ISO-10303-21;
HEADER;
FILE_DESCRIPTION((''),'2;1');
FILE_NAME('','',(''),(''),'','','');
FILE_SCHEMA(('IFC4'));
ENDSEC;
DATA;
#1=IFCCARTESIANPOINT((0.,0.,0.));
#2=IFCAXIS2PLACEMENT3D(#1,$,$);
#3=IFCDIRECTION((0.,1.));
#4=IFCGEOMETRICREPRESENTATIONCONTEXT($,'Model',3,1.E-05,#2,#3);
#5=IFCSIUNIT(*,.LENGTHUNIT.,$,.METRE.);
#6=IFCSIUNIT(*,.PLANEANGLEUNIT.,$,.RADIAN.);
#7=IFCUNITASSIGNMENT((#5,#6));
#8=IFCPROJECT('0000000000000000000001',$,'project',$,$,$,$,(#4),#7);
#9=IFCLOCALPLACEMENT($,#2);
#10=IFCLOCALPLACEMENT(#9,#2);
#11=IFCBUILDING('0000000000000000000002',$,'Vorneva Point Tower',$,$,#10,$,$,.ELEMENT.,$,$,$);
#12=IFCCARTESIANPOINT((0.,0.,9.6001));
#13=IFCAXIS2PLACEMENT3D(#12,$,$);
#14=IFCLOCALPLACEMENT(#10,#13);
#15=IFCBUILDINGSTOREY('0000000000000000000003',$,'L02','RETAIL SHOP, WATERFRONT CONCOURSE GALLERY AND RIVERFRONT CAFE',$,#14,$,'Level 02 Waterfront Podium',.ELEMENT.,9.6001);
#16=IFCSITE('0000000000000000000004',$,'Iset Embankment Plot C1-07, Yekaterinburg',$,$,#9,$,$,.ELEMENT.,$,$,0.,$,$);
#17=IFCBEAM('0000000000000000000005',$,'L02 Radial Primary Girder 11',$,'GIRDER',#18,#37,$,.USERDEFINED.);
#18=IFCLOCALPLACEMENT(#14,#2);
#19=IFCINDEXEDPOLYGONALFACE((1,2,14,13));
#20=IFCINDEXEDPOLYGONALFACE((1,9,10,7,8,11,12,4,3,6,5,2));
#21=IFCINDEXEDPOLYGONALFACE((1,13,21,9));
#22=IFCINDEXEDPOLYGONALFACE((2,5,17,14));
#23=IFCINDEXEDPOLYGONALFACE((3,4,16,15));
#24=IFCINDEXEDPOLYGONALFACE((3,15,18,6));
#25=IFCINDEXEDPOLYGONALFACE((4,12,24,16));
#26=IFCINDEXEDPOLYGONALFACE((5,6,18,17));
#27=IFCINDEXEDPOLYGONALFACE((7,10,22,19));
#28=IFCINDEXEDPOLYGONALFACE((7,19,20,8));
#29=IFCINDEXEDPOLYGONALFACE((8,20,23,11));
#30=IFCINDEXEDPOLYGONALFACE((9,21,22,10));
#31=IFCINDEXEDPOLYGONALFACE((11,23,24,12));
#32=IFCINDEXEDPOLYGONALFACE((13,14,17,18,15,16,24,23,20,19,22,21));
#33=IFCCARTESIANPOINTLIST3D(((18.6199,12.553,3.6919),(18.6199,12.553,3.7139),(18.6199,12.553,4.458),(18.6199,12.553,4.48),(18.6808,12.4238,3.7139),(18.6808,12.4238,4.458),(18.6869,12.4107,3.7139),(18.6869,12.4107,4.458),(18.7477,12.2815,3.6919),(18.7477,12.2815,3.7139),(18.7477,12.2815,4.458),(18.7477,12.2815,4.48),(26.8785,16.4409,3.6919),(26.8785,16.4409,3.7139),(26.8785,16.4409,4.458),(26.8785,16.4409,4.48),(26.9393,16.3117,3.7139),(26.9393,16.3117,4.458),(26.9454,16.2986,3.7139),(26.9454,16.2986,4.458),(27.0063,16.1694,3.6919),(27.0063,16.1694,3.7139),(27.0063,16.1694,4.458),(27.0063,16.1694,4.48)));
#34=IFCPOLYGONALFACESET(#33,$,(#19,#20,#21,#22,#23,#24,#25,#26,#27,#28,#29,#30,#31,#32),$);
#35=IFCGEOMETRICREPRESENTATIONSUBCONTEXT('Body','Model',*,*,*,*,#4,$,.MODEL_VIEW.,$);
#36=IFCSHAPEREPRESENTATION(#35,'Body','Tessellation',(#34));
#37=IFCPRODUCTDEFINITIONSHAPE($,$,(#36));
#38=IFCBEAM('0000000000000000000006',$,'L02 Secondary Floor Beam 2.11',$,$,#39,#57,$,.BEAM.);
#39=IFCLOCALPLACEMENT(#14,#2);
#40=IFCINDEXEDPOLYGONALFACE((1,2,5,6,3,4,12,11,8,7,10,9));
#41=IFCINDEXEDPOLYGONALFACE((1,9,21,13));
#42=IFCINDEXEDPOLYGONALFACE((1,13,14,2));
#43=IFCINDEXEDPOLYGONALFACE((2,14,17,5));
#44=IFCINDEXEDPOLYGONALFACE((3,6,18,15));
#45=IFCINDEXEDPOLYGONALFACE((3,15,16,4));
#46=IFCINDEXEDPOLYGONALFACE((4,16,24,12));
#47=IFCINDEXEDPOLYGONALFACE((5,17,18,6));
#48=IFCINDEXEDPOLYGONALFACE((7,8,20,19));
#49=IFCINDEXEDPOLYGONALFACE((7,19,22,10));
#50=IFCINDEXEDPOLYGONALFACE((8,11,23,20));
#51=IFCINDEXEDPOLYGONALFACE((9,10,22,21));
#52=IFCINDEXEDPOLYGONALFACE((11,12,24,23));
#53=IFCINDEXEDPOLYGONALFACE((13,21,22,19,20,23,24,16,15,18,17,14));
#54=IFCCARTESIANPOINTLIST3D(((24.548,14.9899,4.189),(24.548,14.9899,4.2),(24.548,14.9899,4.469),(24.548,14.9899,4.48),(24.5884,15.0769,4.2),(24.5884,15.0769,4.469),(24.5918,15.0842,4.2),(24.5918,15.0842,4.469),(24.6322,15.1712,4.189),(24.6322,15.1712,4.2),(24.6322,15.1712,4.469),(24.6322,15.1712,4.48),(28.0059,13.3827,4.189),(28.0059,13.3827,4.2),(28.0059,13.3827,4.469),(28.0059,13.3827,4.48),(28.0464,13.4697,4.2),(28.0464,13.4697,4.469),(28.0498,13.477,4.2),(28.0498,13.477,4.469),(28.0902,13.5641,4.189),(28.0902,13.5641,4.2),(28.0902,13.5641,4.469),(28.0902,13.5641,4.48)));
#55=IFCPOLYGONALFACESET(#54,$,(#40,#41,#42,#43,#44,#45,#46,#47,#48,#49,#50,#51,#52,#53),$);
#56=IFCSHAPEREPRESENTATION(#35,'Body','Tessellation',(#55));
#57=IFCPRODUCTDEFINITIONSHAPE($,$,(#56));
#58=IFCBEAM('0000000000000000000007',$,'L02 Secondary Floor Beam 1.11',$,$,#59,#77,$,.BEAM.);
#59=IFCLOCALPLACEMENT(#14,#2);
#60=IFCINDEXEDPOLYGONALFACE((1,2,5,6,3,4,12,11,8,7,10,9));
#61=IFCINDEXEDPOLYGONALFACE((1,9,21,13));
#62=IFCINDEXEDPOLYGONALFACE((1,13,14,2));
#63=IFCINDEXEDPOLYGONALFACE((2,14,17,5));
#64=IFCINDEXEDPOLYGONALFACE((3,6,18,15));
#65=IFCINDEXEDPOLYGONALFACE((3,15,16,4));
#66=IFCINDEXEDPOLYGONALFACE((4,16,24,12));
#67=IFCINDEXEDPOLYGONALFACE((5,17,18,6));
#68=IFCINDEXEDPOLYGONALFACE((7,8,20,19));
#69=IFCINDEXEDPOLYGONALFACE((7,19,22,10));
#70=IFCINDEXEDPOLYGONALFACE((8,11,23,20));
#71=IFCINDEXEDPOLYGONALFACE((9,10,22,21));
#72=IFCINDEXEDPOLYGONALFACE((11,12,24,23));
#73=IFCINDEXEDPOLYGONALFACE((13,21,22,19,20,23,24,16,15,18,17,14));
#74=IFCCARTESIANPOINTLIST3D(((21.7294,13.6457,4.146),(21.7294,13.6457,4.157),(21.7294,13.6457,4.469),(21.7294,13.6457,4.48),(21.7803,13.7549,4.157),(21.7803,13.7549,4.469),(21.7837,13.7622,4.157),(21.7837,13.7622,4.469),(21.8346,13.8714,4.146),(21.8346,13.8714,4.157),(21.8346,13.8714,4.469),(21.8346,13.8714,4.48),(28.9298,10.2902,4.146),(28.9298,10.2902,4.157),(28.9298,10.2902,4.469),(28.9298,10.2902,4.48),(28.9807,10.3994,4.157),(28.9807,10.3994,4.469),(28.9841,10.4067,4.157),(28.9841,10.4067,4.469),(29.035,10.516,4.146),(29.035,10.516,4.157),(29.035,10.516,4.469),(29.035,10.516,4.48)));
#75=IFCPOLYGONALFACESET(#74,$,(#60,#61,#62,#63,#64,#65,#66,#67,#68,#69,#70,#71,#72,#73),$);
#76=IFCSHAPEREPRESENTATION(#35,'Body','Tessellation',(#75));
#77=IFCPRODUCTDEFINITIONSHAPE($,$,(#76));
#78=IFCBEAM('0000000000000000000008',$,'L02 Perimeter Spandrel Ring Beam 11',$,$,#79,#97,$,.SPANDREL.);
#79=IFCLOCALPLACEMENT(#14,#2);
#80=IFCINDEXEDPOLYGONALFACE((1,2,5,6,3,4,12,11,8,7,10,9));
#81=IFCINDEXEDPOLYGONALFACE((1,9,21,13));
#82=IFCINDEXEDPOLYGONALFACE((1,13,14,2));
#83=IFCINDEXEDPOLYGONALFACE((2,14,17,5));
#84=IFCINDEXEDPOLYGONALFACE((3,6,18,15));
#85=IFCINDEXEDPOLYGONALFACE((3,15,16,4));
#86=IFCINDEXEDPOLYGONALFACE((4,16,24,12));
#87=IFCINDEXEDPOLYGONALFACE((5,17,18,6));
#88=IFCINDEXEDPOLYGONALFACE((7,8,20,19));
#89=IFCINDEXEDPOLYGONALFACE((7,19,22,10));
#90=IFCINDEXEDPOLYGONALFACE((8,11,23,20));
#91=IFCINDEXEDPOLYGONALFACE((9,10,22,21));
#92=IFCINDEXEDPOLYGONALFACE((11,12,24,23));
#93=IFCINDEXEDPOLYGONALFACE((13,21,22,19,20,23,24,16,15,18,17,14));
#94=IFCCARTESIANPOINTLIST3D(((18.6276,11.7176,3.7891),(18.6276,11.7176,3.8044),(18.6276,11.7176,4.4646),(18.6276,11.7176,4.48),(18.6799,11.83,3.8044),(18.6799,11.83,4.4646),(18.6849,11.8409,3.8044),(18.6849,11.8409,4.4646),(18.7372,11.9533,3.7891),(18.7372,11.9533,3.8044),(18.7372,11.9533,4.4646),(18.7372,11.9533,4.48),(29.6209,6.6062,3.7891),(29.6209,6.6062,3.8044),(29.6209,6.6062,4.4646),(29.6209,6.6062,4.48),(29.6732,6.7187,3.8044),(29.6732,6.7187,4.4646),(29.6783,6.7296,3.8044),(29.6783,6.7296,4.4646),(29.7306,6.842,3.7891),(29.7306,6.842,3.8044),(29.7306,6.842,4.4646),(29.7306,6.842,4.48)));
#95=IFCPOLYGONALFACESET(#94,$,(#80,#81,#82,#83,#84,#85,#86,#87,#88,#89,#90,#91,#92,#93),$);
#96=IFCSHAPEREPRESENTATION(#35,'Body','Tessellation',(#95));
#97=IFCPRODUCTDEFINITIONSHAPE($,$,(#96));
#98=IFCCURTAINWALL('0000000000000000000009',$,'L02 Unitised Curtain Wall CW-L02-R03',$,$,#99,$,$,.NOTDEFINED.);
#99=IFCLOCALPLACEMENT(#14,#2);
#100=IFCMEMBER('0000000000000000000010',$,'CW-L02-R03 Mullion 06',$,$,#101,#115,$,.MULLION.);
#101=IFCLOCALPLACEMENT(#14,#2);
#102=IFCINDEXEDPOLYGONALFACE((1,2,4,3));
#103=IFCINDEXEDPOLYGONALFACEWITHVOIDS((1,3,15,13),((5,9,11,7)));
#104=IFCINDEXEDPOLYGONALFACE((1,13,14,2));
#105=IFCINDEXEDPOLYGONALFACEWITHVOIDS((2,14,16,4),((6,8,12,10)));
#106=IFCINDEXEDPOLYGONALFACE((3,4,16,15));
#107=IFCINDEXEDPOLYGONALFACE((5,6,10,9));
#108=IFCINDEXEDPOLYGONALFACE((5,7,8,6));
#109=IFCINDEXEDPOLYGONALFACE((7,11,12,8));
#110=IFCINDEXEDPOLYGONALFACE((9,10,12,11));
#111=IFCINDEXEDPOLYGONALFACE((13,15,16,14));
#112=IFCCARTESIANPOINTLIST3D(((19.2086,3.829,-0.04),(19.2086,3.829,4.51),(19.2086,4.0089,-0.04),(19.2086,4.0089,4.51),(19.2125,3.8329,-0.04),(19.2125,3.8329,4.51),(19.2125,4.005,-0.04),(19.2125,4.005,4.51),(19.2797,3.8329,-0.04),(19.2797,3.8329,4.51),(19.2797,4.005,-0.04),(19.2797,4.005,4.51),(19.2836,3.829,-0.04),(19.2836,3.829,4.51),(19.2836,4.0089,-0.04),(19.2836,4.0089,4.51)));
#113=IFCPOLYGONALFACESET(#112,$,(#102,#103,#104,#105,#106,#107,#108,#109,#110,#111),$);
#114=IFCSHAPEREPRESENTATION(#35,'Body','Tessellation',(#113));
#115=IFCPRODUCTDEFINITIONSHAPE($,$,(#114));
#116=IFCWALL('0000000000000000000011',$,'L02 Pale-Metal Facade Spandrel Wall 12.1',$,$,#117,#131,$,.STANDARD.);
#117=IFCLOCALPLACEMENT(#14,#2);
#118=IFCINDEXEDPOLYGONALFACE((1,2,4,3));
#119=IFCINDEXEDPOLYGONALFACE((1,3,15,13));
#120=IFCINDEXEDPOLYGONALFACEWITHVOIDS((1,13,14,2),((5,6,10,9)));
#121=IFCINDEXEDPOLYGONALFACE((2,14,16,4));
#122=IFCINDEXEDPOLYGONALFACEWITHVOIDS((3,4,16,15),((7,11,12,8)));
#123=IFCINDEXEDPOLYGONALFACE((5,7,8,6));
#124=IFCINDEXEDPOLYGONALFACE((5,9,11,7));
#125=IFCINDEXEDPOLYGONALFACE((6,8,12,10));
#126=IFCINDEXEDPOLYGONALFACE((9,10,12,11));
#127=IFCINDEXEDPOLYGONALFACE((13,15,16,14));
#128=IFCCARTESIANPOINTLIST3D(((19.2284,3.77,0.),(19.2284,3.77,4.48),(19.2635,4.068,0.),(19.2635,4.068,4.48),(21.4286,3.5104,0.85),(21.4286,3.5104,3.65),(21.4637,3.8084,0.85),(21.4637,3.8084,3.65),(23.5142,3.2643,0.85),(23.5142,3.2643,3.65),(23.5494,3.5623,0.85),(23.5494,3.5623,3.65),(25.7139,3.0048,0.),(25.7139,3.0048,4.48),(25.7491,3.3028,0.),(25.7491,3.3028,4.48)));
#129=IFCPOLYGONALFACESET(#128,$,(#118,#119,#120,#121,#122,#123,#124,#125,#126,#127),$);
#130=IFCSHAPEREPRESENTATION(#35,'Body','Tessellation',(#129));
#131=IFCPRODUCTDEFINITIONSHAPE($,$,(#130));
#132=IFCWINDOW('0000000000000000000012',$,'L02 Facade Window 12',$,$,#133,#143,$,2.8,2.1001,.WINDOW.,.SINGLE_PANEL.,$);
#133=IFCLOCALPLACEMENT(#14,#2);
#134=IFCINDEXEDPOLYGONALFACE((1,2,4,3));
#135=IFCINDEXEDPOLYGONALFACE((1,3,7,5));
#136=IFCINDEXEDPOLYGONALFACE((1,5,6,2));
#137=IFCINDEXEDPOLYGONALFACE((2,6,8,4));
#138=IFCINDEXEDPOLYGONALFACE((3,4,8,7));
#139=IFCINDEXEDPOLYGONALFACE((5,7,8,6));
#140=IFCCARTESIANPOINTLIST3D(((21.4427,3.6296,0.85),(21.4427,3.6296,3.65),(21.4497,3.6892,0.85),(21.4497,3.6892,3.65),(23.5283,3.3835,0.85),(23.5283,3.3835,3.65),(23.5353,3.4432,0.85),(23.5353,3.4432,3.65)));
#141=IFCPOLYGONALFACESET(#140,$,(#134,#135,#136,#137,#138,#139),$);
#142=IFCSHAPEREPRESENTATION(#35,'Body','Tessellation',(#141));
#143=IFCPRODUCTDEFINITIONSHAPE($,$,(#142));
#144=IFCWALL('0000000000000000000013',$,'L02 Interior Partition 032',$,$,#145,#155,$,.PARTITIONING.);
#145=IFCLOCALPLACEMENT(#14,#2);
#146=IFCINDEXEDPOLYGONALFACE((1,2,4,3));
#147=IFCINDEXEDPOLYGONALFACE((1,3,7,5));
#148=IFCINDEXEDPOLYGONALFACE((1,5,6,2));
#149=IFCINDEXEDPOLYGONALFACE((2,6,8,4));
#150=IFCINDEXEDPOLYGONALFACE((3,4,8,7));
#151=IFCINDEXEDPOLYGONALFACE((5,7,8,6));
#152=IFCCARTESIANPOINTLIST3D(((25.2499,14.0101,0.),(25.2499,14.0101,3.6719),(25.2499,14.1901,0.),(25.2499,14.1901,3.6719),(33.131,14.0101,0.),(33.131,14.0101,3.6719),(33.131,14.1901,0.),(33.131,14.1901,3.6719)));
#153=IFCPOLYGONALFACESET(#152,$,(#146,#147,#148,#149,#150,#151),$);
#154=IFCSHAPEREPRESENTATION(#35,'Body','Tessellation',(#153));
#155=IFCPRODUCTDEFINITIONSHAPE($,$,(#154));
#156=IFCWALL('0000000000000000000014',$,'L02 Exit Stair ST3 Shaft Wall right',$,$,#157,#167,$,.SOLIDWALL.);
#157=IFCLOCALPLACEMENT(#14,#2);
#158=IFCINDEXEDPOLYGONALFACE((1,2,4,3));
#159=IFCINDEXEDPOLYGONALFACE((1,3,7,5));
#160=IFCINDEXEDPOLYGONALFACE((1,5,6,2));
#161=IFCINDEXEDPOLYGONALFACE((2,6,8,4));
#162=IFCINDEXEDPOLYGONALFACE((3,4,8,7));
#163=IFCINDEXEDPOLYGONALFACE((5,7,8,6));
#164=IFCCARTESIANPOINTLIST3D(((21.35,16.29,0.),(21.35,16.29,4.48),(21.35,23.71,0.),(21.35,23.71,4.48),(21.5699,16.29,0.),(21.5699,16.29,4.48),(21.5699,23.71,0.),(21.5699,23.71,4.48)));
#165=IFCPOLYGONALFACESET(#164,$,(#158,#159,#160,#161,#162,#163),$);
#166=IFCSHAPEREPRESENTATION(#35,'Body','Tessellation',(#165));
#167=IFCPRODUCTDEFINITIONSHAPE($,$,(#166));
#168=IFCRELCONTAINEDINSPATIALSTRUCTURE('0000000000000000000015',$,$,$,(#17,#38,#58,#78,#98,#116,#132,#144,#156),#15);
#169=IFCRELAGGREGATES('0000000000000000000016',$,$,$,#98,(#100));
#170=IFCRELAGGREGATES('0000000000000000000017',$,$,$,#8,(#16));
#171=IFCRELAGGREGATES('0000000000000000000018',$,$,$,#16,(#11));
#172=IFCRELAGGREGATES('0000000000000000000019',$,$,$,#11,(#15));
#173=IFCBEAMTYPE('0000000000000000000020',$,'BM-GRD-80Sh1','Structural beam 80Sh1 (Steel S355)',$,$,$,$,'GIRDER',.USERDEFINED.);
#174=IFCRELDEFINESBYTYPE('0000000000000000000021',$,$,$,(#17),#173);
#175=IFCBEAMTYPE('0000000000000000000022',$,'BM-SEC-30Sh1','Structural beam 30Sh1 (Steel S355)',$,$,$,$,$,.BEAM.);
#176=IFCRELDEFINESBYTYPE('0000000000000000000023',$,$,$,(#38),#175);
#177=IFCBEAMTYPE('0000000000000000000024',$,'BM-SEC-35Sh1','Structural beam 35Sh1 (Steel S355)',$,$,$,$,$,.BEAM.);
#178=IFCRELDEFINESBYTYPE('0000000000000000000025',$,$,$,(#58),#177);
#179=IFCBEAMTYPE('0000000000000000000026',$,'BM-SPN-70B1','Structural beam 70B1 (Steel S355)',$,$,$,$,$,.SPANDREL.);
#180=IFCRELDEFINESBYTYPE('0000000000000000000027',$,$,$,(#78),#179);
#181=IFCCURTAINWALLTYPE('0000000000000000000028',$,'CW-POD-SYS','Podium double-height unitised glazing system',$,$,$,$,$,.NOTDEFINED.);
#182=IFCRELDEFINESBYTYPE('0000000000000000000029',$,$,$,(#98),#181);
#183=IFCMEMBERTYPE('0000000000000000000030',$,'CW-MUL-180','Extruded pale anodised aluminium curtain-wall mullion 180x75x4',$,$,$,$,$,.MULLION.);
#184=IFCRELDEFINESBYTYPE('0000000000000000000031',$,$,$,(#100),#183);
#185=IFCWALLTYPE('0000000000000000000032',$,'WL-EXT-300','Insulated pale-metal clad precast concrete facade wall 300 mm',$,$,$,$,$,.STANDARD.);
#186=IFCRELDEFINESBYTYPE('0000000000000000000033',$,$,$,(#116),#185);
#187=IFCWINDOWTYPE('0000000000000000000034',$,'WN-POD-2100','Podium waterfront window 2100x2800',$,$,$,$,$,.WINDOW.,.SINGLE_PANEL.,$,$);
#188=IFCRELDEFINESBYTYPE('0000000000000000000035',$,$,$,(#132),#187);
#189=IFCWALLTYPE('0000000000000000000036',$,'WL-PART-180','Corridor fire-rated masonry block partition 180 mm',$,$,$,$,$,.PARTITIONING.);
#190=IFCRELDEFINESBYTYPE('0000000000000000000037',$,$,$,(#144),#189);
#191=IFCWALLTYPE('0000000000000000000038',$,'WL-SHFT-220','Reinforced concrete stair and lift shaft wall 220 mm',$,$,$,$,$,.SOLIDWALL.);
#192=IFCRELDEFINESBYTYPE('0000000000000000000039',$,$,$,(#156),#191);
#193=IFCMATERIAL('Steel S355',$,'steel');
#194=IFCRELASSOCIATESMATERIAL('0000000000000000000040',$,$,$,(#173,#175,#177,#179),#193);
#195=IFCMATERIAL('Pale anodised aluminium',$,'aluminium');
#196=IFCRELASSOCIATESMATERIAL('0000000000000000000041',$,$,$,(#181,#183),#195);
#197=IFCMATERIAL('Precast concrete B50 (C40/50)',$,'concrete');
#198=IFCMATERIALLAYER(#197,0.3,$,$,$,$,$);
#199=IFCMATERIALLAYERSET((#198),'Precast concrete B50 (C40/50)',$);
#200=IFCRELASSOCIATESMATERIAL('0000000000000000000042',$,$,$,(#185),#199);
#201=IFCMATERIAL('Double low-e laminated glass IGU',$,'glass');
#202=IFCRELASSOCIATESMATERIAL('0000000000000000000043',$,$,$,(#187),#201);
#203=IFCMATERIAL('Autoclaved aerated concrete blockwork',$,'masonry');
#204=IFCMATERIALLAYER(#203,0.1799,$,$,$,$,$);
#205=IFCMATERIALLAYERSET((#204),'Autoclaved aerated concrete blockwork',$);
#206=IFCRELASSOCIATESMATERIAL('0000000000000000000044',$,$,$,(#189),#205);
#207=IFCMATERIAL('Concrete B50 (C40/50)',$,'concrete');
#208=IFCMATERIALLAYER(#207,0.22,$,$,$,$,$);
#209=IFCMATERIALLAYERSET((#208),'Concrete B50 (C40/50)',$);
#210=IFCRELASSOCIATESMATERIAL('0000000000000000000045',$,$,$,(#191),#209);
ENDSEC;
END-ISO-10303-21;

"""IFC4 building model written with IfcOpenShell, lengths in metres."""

from ifc_helpers import new_model, si_unit, direction, frame, frame_2d, origin, origin_2d, place, context, subcontext, project, spatial, rectangle, hollow_rectangle, i_section, extrude, material, layer, layer_set, material_profile, profile_set, type_object, element, fill, aggregate, save


model = new_model("IFC4")

# Units and contexts
model_context = context("Model", 3, precision=1e-05, world=origin(), true_north=direction((0.0, 1.0)))
body_context = subcontext(model_context, "Body", "Model", "MODEL_VIEW")
ifc_project = project(units=[si_unit("LENGTHUNIT", "METRE"), si_unit("PLANEANGLEUNIT", "RADIAN")], contexts=[model_context])

# Site, building, storey
site_placement = place(None, origin())
site = spatial("IfcSite", under=ifc_project, at=site_placement, Name="Iset Embankment Plot C1-07, Yekaterinburg", CompositionType="ELEMENT", RefElevation=0.0)
building_placement = place(site_placement, origin())
building = spatial("IfcBuilding", under=site, at=building_placement, Name="Vorneva Point Tower", CompositionType="ELEMENT")
storey_placement = place(building_placement, frame((0.0, 0.0, 9.6001)))
storey = spatial("IfcBuildingStorey", under=building, at=storey_placement, Name="L02", Description="RETAIL SHOP, WATERFRONT CONCOURSE GALLERY AND RIVERFRONT CAFE", LongName="Level 02 Waterfront Podium", CompositionType="ELEMENT", Elevation=9.6001)

# Beams
ifc_material_1 = material(Name="Steel S355", Category="steel")
ifc_material_profile_1 = material_profile(ifc_material_1, i_section(OverallWidth=0.3, OverallDepth=0.7881, WebThickness=0.0144, FlangeThickness=0.022, at=origin_2d()), Name="80Sh1")
ifc_profile_set_1 = profile_set([ifc_material_profile_1], Name="Steel S355")
beam_type_1 = type_object("IfcBeamType", Name="BM-GRD-80Sh1", Description="Structural beam 80Sh1 (Steel S355)", ElementType="GIRDER", PredefinedType="USERDEFINED", material=ifc_profile_set_1)
beam_1_placement = place(storey_placement, frame((18.6838, 12.4172, 4.0859), z_axis=(0.904753, 0.425937, 0.0), x_axis=(-0.425937, 0.904753, 0.0)))
element("IfcBeam", 1, at=beam_1_placement, inside=storey, type_object=beam_type_1, Name="L02 Radial Primary Girder 11", ObjectType="GIRDER", PredefinedType="USERDEFINED", context=body_context, shape_type="SweptSolid", body=[
    extrude(i_section(OverallWidth=0.3, OverallDepth=0.7881, WebThickness=0.0144, FlangeThickness=0.022, at=origin_2d()), origin(), (0.0, 0.0, 1.0), 9.1279),
])
ifc_material_profile_2 = material_profile(ifc_material_1, i_section(OverallWidth=0.2, OverallDepth=0.291, WebThickness=0.0081, FlangeThickness=0.011, at=origin_2d()), Name="30Sh1")
ifc_profile_set_2 = profile_set([ifc_material_profile_2], Name="Steel S355")
beam_type_2 = type_object("IfcBeamType", Name="BM-SEC-30Sh1", Description="Structural beam 30Sh1 (Steel S355)", PredefinedType="BEAM", material=ifc_profile_set_2)
beam_2_placement = place(storey_placement, frame((24.5901, 15.0806, 4.3345), z_axis=(0.906841, -0.421472, 0.0), x_axis=(0.421472, 0.906841, 0.0)))
element("IfcBeam", 2, at=beam_2_placement, inside=storey, type_object=beam_type_2, Name="L02 Secondary Floor Beam 2.11", PredefinedType="BEAM", context=body_context, shape_type="SweptSolid", body=[
    extrude(i_section(OverallWidth=0.2, OverallDepth=0.291, WebThickness=0.0081, FlangeThickness=0.011, at=origin_2d()), origin(), (0.0, 0.0, 1.0), 3.8132),
])
ifc_material_profile_3 = material_profile(ifc_material_1, i_section(OverallWidth=0.249, OverallDepth=0.334, WebThickness=0.0081, FlangeThickness=0.011, at=origin_2d()), Name="35Sh1")
ifc_profile_set_3 = profile_set([ifc_material_profile_3], Name="Steel S355")
beam_type_3 = type_object("IfcBeamType", Name="BM-SEC-35Sh1", Description="Structural beam 35Sh1 (Steel S355)", PredefinedType="BEAM", material=ifc_profile_set_3)
beam_3_placement = place(storey_placement, frame((21.782, 13.7585, 4.313), z_axis=(0.906411, -0.422396, 0.0), x_axis=(0.422396, 0.906411, 0.0)))
element("IfcBeam", 3, at=beam_3_placement, inside=storey, type_object=beam_type_3, Name="L02 Secondary Floor Beam 1.11", PredefinedType="BEAM", context=body_context, shape_type="SweptSolid", body=[
    extrude(i_section(OverallWidth=0.249, OverallDepth=0.334, WebThickness=0.0081, FlangeThickness=0.011, at=origin_2d()), origin(), (0.0, 0.0, 1.0), 7.9438),
])
ifc_material_profile_4 = material_profile(ifc_material_1, i_section(OverallWidth=0.26, OverallDepth=0.6909, WebThickness=0.012, FlangeThickness=0.0154, at=origin_2d()), Name="70B1")
ifc_profile_set_4 = profile_set([ifc_material_profile_4], Name="Steel S355")
beam_type_4 = type_object("IfcBeamType", Name="BM-SPN-70B1", Description="Structural beam 70B1 (Steel S355)", PredefinedType="SPANDREL", material=ifc_profile_set_4)
beam_4_placement = place(storey_placement, frame((18.6824, 11.8354, 4.1345), z_axis=(0.906781, -0.421603, 0.0), x_axis=(0.421603, 0.906781, 0.0)))
element("IfcBeam", 4, at=beam_4_placement, inside=storey, type_object=beam_type_4, Name="L02 Perimeter Spandrel Ring Beam 11", PredefinedType="SPANDREL", context=body_context, shape_type="SweptSolid", body=[
    extrude(i_section(OverallWidth=0.26, OverallDepth=0.6909, WebThickness=0.012, FlangeThickness=0.0154, at=origin_2d()), origin(), (0.0, 0.0, 1.0), 12.1235),
])

# Curtain wall, member
ifc_material_2 = material(Name="Pale anodised aluminium", Category="aluminium")
curtain_wall_type = type_object("IfcCurtainWallType", Name="CW-POD-SYS", Description="Podium double-height unitised glazing system", PredefinedType="NOTDEFINED", material=ifc_material_2)
curtain_wall_placement = place(storey_placement, origin())
curtain_wall = element("IfcCurtainWall", 5, at=curtain_wall_placement, inside=storey, type_object=curtain_wall_type, Name="L02 Unitised Curtain Wall CW-L02-R03", PredefinedType="NOTDEFINED")
ifc_material_profile_5 = material_profile(ifc_material_2, hollow_rectangle(XDim=0.075, YDim=0.1799, WallThickness=0.0039, at=origin_2d()), Name="AL-MUL 180x75x4")
ifc_profile_set_5 = profile_set([ifc_material_profile_5], Name="Pale anodised aluminium")
member_type = type_object("IfcMemberType", Name="CW-MUL-180", Description="Extruded pale anodised aluminium curtain-wall mullion 180x75x4", PredefinedType="MULLION", material=ifc_profile_set_5)
member_placement = place(storey_placement, frame((19.2461, 3.9189, -0.04), z_axis=(0.0, 0.0, 1.0), x_axis=(1.0, 0.0, 0.0)))
member = element("IfcMember", 6, at=member_placement, type_object=member_type, Name="CW-L02-R03 Mullion 06", PredefinedType="MULLION", context=body_context, shape_type="SweptSolid", body=[
    extrude(hollow_rectangle(XDim=0.075, YDim=0.1799, WallThickness=0.0039, at=origin_2d()), origin(), (0.0, 0.0, 1.0), 4.55),
])
aggregate(curtain_wall, [member])

# Wall, opening, window
ifc_material_3 = material(Name="Precast concrete B50 (C40/50)", Category="concrete")
ifc_layer_1 = layer(ifc_material_3, 0.3)
ifc_layer_set_1 = layer_set([ifc_layer_1], Name="Precast concrete B50 (C40/50)")
wall_type_1 = type_object("IfcWallType", Name="WL-EXT-300", Description="Insulated pale-metal clad precast concrete facade wall 300 mm", PredefinedType="STANDARD", material=ifc_layer_set_1)
wall_1_placement = place(storey_placement, frame((19.2461, 3.9189, 0.0), z_axis=(0.0, 0.0, 1.0), x_axis=(0.993113, -0.117162, 0.0)))
wall_1 = element("IfcWall", 7, at=wall_1_placement, inside=storey, type_object=wall_type_1, Name="L02 Pale-Metal Facade Spandrel Wall 12.1", PredefinedType="STANDARD", context=body_context, shape_type="SweptSolid", body=[
    extrude(rectangle(XDim=6.5305, YDim=0.3, at=frame_2d((3.2651, 0.0))), origin(), (0.0, 0.0, 1.0), 4.48),
])
opening_1_placement = place(wall_1_placement, frame((2.2153, 0.0, 0.8501)))
opening_1 = element("IfcOpeningElement", 8, at=opening_1_placement, cuts=wall_1, PredefinedType="OPENING", context=body_context, shape_type="SweptSolid", body=[
    extrude(rectangle(XDim=2.1001, YDim=2.8, at=frame_2d((1.05, 1.3999))), frame((0.0, 0.165, 0.0), z_axis=(0.0, -1.0, 0.0), x_axis=(1.0, 0.0, 0.0)), (0.0, 0.0, 1.0), 0.3298),
])
ifc_material_4 = material(Name="Double low-e laminated glass IGU", Category="glass")
window_type = type_object("IfcWindowType", Name="WN-POD-2100", Description="Podium waterfront window 2100x2800", PartitioningType="SINGLE_PANEL", PredefinedType="WINDOW", material=ifc_material_4)
window_placement = place(opening_1_placement, origin())
window = element("IfcWindow", 9, at=window_placement, inside=storey, type_object=window_type, Name="L02 Facade Window 12", OverallHeight=2.8, OverallWidth=2.1001, PartitioningType="SINGLE_PANEL", PredefinedType="WINDOW", context=body_context, shape_type="SweptSolid", body=[
    extrude(rectangle(XDim=2.1001, YDim=2.8, at=frame_2d((1.05, 1.3999))), frame((0.0, 0.03, 0.0), z_axis=(0.0, -1.0, 0.0), x_axis=(1.0, 0.0, 0.0)), (0.0, 0.0, 1.0), 0.0601),
])
fill(opening_1, window)

# Wall
ifc_material_5 = material(Name="Autoclaved aerated concrete blockwork", Category="masonry")
ifc_layer_2 = layer(ifc_material_5, 0.1799)
ifc_layer_set_2 = layer_set([ifc_layer_2], Name="Autoclaved aerated concrete blockwork")
wall_type_2 = type_object("IfcWallType", Name="WL-PART-180", Description="Corridor fire-rated masonry block partition 180 mm", PredefinedType="PARTITIONING", material=ifc_layer_set_2)
wall_2_placement = place(storey_placement, frame((25.25, 14.1001, 0.0), z_axis=(0.0, 0.0, 1.0), x_axis=(1.0, 0.0, 0.0)))
element("IfcWall", 10, at=wall_2_placement, inside=storey, type_object=wall_type_2, Name="L02 Interior Partition 032", PredefinedType="PARTITIONING", context=body_context, shape_type="SweptSolid", body=[
    extrude(rectangle(XDim=7.8811, YDim=0.1799, at=frame_2d((3.9404, 0.0))), origin(), (0.0, 0.0, 1.0), 3.6719),
])

# Shared definitions
ifc_material_6 = material(Name="Concrete B50 (C40/50)", Category="concrete")
ifc_layer_3 = layer(ifc_material_6, 0.22)
ifc_layer_set_3 = layer_set([ifc_layer_3], Name="Concrete B50 (C40/50)")
wall_type_3 = type_object("IfcWallType", Name="WL-SHFT-220", Description="Reinforced concrete stair and lift shaft wall 220 mm", PredefinedType="SOLIDWALL", material=ifc_layer_set_3)

# Wall
wall_3_placement = place(storey_placement, frame((21.46, 23.71, 0.0), z_axis=(0.0, 0.0, 1.0), x_axis=(0.0, -1.0, 0.0)))
element("IfcWall", 11, at=wall_3_placement, inside=storey, type_object=wall_type_3, Name="L02 Exit Stair ST3 Shaft Wall right", PredefinedType="SOLIDWALL", context=body_context, shape_type="SweptSolid", body=[
    extrude(rectangle(XDim=7.4199, YDim=0.22, at=frame_2d((3.71, 0.0))), origin(), (0.0, 0.0, 1.0), 4.48),
])

save(model, "model.ifc")
